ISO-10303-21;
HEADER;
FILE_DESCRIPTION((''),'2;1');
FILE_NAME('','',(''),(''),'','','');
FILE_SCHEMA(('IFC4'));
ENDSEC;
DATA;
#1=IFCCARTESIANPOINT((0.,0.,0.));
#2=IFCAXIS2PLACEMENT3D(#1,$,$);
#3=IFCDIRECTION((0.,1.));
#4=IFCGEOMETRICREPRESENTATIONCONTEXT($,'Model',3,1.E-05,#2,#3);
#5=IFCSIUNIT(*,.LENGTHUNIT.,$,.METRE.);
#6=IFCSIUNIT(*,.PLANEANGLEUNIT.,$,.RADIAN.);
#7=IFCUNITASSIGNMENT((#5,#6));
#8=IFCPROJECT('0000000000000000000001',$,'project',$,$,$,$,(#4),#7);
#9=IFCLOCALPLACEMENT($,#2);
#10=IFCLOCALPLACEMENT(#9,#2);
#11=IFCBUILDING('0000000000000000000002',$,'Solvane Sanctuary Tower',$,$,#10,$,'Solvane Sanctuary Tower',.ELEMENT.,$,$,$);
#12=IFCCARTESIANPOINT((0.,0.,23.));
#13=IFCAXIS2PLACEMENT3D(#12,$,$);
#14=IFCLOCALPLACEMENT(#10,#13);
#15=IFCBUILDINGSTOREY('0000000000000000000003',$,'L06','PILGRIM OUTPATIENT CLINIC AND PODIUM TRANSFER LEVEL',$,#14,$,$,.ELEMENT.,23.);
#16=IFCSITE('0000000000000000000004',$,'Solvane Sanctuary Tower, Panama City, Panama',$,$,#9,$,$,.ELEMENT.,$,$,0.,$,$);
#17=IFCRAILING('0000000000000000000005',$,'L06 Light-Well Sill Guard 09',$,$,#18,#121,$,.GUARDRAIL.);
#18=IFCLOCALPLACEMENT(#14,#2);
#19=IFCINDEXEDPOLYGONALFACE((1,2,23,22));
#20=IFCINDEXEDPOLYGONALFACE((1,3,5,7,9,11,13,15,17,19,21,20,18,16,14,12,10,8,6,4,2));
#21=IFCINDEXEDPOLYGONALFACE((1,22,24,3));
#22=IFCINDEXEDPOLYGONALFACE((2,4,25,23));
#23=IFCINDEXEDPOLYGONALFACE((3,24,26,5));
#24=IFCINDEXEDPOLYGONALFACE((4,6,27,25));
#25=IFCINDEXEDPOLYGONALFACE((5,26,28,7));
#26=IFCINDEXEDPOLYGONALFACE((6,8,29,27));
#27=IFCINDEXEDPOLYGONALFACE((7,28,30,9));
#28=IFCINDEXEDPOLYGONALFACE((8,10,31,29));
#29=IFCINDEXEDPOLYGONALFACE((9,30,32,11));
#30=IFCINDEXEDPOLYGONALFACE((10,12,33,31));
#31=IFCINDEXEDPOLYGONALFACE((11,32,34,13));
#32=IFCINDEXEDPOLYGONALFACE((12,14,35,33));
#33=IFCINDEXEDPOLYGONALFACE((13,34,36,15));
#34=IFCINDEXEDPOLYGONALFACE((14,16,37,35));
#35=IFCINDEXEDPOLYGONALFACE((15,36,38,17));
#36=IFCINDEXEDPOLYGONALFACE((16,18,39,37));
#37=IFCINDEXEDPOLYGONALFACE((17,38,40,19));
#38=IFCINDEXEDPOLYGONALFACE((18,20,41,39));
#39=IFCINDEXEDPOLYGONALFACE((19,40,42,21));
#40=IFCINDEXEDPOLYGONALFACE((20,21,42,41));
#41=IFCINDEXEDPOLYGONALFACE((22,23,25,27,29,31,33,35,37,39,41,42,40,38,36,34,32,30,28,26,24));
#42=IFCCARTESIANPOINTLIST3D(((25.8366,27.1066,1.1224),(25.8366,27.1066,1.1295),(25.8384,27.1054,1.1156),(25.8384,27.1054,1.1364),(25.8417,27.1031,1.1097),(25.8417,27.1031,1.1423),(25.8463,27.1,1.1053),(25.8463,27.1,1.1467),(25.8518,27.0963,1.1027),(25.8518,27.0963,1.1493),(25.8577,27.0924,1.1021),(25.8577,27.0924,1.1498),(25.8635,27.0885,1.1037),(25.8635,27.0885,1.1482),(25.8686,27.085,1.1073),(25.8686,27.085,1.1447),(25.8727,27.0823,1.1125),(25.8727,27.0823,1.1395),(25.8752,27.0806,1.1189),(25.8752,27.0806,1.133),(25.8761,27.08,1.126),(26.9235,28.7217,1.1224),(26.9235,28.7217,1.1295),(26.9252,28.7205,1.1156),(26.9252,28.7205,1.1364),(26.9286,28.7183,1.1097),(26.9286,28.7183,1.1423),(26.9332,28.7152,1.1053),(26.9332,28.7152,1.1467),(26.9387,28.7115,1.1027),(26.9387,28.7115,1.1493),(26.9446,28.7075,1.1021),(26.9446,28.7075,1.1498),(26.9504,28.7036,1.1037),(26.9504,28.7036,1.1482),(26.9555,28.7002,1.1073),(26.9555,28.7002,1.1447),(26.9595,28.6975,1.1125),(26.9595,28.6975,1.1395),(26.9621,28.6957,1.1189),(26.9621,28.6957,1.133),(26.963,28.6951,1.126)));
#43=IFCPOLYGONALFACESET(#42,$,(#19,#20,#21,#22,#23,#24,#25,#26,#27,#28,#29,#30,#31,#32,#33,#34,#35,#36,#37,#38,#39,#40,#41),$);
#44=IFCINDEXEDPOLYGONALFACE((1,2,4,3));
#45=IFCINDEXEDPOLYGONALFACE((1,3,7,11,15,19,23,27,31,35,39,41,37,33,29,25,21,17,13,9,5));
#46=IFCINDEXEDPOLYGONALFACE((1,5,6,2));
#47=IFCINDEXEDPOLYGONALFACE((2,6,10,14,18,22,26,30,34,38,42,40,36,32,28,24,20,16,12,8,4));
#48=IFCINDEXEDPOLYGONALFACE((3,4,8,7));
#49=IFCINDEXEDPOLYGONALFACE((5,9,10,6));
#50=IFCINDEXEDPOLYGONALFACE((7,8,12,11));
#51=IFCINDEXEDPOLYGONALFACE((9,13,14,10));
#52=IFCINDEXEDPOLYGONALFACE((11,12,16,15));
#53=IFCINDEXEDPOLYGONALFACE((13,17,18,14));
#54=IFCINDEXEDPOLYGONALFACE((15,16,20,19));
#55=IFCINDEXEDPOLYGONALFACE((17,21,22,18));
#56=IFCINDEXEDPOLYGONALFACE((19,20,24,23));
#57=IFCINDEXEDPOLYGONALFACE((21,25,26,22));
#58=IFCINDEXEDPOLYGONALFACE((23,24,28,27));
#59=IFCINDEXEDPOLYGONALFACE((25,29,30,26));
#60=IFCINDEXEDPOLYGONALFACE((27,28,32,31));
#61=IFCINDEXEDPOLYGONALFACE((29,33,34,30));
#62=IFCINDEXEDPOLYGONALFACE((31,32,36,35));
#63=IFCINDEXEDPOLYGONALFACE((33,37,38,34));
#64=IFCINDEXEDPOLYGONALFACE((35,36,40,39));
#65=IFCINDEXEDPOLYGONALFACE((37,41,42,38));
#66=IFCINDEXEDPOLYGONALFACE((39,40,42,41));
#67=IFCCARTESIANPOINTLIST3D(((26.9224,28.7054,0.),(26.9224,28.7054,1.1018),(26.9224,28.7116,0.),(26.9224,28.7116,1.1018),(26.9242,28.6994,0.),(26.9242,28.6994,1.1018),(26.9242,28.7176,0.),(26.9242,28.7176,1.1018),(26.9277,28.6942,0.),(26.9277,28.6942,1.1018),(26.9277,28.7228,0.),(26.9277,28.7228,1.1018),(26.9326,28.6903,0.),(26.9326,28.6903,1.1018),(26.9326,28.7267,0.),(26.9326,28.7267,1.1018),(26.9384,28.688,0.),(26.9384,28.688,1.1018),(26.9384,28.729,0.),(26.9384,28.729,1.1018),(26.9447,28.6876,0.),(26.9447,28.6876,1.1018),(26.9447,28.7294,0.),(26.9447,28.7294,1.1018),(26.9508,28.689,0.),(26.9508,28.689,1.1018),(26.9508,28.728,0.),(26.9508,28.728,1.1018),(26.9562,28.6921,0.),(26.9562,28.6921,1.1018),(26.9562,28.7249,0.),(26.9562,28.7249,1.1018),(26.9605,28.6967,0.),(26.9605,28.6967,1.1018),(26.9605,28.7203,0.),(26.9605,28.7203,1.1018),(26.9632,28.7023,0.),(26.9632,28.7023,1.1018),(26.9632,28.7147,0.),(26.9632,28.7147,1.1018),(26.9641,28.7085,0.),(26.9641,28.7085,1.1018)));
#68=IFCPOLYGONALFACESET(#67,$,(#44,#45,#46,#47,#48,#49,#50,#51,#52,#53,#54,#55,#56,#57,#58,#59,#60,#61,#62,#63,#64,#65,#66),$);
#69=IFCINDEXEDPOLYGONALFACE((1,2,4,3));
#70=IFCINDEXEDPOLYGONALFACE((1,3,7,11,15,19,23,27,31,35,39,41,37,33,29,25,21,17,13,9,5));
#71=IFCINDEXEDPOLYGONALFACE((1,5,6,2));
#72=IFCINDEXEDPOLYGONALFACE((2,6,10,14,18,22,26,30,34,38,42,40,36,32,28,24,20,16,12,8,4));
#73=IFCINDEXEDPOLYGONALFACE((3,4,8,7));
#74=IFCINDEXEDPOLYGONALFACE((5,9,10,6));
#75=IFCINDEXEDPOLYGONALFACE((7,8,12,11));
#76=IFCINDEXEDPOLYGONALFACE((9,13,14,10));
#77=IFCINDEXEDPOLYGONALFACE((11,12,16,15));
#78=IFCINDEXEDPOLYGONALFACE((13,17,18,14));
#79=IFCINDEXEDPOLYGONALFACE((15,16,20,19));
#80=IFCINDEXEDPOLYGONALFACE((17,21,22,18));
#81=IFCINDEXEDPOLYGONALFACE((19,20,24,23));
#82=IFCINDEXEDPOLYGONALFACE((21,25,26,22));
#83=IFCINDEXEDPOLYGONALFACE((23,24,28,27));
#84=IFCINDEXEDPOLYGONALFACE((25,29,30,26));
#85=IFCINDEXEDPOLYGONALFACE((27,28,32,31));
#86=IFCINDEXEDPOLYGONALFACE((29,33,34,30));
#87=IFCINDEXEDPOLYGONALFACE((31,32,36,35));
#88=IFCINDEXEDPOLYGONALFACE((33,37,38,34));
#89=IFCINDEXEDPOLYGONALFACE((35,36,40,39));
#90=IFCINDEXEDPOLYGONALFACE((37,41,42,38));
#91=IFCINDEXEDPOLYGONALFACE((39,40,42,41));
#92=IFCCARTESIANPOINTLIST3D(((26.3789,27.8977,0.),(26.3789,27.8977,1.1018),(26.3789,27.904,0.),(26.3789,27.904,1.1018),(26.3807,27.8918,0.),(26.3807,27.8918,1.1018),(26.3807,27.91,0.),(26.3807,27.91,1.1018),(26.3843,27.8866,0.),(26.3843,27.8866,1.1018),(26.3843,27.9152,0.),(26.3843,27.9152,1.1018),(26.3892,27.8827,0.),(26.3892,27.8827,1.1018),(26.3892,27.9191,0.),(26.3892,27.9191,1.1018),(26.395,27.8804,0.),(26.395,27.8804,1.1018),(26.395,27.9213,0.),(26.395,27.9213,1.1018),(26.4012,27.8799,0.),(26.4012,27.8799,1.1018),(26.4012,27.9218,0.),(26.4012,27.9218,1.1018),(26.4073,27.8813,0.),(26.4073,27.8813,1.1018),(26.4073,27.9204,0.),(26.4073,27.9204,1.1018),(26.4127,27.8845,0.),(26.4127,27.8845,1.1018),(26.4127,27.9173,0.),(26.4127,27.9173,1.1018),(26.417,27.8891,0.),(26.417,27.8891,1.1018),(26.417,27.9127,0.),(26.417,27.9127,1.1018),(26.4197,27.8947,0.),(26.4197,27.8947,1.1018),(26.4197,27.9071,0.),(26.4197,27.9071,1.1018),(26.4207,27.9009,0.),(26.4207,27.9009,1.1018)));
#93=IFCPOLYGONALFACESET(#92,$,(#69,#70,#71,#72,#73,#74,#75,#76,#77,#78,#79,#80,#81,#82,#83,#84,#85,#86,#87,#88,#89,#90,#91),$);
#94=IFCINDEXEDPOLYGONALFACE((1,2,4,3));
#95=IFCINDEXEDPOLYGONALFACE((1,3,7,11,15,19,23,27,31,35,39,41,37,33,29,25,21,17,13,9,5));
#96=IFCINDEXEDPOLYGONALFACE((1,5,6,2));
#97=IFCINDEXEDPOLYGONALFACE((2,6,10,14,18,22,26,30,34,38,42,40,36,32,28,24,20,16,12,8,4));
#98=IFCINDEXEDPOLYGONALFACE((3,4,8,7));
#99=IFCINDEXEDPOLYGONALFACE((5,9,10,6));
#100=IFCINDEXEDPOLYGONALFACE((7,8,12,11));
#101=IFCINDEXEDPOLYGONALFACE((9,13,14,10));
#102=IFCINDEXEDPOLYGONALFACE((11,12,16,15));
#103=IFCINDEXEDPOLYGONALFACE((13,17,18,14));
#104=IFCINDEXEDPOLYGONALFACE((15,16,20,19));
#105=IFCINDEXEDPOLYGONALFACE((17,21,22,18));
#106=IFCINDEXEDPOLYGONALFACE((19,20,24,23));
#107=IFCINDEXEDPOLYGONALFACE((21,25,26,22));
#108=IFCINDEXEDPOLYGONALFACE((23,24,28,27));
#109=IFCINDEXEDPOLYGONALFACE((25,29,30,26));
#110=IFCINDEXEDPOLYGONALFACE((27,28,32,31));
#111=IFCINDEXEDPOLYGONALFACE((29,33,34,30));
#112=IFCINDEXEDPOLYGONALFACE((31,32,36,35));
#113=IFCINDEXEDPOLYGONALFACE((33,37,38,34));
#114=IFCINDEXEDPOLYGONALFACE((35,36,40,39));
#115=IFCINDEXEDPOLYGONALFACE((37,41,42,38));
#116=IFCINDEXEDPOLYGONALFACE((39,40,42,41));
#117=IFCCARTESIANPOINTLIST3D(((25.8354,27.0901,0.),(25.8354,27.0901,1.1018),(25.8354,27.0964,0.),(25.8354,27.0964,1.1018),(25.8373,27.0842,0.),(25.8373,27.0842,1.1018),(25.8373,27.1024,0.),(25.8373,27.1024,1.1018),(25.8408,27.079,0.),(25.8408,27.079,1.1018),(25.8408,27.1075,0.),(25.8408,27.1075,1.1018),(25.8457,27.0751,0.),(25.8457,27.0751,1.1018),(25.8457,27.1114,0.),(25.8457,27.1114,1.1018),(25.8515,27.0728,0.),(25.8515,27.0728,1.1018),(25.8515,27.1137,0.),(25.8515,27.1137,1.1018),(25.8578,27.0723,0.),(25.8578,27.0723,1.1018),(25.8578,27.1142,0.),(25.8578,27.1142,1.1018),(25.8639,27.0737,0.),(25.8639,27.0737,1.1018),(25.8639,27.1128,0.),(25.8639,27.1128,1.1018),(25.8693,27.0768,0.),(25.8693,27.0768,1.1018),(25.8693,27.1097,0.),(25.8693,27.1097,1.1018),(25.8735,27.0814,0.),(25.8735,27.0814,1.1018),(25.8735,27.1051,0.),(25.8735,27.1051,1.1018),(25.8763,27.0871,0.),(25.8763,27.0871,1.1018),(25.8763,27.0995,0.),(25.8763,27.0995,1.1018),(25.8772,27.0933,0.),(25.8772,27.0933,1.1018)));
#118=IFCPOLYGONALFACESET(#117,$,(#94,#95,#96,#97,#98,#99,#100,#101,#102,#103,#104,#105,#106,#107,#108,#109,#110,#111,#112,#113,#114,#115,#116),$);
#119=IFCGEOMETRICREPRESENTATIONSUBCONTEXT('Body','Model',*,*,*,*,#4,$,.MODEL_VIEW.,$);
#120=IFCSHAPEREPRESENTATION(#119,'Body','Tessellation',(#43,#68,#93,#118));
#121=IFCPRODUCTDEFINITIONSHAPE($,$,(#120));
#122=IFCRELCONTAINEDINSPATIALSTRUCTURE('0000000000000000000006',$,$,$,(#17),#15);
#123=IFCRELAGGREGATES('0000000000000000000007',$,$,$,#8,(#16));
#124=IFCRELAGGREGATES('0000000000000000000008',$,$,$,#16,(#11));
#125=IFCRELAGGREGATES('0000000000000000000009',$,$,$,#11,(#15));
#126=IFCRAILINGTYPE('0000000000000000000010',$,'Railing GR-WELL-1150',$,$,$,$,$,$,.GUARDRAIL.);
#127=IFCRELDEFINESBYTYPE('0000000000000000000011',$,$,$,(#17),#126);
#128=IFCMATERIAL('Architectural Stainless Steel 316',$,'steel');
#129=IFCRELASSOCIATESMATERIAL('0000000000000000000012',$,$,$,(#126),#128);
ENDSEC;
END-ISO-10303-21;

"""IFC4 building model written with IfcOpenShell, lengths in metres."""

from ifc_helpers import new_model, si_unit, direction, frame, origin, origin_2d, place, context, subcontext, project, spatial, circle, extrude, material, type_object, element, save


model = new_model("IFC4")

# Units and contexts
model_context = context("Model", 3, precision=1e-05, world=origin(), true_north=direction((0.0, 1.0)))
body_context = subcontext(model_context, "Body", "Model", "MODEL_VIEW")
ifc_project = project(units=[si_unit("LENGTHUNIT", "METRE"), si_unit("PLANEANGLEUNIT", "RADIAN")], contexts=[model_context])

# Site, building, storey
site_placement = place(None, origin())
site = spatial("IfcSite", under=ifc_project, at=site_placement, Name="Solvane Sanctuary Tower, Panama City, Panama", CompositionType="ELEMENT", RefElevation=0.0)
building_placement = place(site_placement, origin())
building = spatial("IfcBuilding", under=site, at=building_placement, Name="Solvane Sanctuary Tower", LongName="Solvane Sanctuary Tower", CompositionType="ELEMENT")
storey_placement = place(building_placement, frame((0.0, 0.0, 23.0)))
storey = spatial("IfcBuildingStorey", under=building, at=storey_placement, Name="L06", Description="PILGRIM OUTPATIENT CLINIC AND PODIUM TRANSFER LEVEL", CompositionType="ELEMENT", Elevation=23.0)

# Railing
ifc_material_1 = material(Name="Architectural Stainless Steel 316", Category="steel")
railing_type = type_object("IfcRailingType", Name="Railing GR-WELL-1150", PredefinedType="GUARDRAIL", material=ifc_material_1)
railing_placement = place(storey_placement, frame((26.9431, 28.7085, 0.0)))
element("IfcRailing", 1, at=railing_placement, inside=storey, type_object=railing_type, Name="L06 Light-Well Sill Guard 09", PredefinedType="GUARDRAIL", context=body_context, shape_type="SweptSolid", body=[
    extrude(circle(Radius=0.0239, at=origin_2d()), frame((0.0, 0.0, 1.126), z_axis=(-0.558283, -0.82965, 0.0), x_axis=(0.82965, -0.558283, 0.0)), (0.0, 0.0, 1.0), 1.9468),
    extrude(circle(Radius=0.021, at=origin_2d()), origin(), (0.0, 0.0, 1.0), 1.1018),
    extrude(circle(Radius=0.021, at=origin_2d()), frame((-0.5435, -0.8076, 0.0)), (0.0, 0.0, 1.0), 1.1018),
    extrude(circle(Radius=0.021, at=origin_2d()), frame((-1.0869, -1.6152, 0.0)), (0.0, 0.0, 1.0), 1.1018),
])

save(model, "model.ifc")
